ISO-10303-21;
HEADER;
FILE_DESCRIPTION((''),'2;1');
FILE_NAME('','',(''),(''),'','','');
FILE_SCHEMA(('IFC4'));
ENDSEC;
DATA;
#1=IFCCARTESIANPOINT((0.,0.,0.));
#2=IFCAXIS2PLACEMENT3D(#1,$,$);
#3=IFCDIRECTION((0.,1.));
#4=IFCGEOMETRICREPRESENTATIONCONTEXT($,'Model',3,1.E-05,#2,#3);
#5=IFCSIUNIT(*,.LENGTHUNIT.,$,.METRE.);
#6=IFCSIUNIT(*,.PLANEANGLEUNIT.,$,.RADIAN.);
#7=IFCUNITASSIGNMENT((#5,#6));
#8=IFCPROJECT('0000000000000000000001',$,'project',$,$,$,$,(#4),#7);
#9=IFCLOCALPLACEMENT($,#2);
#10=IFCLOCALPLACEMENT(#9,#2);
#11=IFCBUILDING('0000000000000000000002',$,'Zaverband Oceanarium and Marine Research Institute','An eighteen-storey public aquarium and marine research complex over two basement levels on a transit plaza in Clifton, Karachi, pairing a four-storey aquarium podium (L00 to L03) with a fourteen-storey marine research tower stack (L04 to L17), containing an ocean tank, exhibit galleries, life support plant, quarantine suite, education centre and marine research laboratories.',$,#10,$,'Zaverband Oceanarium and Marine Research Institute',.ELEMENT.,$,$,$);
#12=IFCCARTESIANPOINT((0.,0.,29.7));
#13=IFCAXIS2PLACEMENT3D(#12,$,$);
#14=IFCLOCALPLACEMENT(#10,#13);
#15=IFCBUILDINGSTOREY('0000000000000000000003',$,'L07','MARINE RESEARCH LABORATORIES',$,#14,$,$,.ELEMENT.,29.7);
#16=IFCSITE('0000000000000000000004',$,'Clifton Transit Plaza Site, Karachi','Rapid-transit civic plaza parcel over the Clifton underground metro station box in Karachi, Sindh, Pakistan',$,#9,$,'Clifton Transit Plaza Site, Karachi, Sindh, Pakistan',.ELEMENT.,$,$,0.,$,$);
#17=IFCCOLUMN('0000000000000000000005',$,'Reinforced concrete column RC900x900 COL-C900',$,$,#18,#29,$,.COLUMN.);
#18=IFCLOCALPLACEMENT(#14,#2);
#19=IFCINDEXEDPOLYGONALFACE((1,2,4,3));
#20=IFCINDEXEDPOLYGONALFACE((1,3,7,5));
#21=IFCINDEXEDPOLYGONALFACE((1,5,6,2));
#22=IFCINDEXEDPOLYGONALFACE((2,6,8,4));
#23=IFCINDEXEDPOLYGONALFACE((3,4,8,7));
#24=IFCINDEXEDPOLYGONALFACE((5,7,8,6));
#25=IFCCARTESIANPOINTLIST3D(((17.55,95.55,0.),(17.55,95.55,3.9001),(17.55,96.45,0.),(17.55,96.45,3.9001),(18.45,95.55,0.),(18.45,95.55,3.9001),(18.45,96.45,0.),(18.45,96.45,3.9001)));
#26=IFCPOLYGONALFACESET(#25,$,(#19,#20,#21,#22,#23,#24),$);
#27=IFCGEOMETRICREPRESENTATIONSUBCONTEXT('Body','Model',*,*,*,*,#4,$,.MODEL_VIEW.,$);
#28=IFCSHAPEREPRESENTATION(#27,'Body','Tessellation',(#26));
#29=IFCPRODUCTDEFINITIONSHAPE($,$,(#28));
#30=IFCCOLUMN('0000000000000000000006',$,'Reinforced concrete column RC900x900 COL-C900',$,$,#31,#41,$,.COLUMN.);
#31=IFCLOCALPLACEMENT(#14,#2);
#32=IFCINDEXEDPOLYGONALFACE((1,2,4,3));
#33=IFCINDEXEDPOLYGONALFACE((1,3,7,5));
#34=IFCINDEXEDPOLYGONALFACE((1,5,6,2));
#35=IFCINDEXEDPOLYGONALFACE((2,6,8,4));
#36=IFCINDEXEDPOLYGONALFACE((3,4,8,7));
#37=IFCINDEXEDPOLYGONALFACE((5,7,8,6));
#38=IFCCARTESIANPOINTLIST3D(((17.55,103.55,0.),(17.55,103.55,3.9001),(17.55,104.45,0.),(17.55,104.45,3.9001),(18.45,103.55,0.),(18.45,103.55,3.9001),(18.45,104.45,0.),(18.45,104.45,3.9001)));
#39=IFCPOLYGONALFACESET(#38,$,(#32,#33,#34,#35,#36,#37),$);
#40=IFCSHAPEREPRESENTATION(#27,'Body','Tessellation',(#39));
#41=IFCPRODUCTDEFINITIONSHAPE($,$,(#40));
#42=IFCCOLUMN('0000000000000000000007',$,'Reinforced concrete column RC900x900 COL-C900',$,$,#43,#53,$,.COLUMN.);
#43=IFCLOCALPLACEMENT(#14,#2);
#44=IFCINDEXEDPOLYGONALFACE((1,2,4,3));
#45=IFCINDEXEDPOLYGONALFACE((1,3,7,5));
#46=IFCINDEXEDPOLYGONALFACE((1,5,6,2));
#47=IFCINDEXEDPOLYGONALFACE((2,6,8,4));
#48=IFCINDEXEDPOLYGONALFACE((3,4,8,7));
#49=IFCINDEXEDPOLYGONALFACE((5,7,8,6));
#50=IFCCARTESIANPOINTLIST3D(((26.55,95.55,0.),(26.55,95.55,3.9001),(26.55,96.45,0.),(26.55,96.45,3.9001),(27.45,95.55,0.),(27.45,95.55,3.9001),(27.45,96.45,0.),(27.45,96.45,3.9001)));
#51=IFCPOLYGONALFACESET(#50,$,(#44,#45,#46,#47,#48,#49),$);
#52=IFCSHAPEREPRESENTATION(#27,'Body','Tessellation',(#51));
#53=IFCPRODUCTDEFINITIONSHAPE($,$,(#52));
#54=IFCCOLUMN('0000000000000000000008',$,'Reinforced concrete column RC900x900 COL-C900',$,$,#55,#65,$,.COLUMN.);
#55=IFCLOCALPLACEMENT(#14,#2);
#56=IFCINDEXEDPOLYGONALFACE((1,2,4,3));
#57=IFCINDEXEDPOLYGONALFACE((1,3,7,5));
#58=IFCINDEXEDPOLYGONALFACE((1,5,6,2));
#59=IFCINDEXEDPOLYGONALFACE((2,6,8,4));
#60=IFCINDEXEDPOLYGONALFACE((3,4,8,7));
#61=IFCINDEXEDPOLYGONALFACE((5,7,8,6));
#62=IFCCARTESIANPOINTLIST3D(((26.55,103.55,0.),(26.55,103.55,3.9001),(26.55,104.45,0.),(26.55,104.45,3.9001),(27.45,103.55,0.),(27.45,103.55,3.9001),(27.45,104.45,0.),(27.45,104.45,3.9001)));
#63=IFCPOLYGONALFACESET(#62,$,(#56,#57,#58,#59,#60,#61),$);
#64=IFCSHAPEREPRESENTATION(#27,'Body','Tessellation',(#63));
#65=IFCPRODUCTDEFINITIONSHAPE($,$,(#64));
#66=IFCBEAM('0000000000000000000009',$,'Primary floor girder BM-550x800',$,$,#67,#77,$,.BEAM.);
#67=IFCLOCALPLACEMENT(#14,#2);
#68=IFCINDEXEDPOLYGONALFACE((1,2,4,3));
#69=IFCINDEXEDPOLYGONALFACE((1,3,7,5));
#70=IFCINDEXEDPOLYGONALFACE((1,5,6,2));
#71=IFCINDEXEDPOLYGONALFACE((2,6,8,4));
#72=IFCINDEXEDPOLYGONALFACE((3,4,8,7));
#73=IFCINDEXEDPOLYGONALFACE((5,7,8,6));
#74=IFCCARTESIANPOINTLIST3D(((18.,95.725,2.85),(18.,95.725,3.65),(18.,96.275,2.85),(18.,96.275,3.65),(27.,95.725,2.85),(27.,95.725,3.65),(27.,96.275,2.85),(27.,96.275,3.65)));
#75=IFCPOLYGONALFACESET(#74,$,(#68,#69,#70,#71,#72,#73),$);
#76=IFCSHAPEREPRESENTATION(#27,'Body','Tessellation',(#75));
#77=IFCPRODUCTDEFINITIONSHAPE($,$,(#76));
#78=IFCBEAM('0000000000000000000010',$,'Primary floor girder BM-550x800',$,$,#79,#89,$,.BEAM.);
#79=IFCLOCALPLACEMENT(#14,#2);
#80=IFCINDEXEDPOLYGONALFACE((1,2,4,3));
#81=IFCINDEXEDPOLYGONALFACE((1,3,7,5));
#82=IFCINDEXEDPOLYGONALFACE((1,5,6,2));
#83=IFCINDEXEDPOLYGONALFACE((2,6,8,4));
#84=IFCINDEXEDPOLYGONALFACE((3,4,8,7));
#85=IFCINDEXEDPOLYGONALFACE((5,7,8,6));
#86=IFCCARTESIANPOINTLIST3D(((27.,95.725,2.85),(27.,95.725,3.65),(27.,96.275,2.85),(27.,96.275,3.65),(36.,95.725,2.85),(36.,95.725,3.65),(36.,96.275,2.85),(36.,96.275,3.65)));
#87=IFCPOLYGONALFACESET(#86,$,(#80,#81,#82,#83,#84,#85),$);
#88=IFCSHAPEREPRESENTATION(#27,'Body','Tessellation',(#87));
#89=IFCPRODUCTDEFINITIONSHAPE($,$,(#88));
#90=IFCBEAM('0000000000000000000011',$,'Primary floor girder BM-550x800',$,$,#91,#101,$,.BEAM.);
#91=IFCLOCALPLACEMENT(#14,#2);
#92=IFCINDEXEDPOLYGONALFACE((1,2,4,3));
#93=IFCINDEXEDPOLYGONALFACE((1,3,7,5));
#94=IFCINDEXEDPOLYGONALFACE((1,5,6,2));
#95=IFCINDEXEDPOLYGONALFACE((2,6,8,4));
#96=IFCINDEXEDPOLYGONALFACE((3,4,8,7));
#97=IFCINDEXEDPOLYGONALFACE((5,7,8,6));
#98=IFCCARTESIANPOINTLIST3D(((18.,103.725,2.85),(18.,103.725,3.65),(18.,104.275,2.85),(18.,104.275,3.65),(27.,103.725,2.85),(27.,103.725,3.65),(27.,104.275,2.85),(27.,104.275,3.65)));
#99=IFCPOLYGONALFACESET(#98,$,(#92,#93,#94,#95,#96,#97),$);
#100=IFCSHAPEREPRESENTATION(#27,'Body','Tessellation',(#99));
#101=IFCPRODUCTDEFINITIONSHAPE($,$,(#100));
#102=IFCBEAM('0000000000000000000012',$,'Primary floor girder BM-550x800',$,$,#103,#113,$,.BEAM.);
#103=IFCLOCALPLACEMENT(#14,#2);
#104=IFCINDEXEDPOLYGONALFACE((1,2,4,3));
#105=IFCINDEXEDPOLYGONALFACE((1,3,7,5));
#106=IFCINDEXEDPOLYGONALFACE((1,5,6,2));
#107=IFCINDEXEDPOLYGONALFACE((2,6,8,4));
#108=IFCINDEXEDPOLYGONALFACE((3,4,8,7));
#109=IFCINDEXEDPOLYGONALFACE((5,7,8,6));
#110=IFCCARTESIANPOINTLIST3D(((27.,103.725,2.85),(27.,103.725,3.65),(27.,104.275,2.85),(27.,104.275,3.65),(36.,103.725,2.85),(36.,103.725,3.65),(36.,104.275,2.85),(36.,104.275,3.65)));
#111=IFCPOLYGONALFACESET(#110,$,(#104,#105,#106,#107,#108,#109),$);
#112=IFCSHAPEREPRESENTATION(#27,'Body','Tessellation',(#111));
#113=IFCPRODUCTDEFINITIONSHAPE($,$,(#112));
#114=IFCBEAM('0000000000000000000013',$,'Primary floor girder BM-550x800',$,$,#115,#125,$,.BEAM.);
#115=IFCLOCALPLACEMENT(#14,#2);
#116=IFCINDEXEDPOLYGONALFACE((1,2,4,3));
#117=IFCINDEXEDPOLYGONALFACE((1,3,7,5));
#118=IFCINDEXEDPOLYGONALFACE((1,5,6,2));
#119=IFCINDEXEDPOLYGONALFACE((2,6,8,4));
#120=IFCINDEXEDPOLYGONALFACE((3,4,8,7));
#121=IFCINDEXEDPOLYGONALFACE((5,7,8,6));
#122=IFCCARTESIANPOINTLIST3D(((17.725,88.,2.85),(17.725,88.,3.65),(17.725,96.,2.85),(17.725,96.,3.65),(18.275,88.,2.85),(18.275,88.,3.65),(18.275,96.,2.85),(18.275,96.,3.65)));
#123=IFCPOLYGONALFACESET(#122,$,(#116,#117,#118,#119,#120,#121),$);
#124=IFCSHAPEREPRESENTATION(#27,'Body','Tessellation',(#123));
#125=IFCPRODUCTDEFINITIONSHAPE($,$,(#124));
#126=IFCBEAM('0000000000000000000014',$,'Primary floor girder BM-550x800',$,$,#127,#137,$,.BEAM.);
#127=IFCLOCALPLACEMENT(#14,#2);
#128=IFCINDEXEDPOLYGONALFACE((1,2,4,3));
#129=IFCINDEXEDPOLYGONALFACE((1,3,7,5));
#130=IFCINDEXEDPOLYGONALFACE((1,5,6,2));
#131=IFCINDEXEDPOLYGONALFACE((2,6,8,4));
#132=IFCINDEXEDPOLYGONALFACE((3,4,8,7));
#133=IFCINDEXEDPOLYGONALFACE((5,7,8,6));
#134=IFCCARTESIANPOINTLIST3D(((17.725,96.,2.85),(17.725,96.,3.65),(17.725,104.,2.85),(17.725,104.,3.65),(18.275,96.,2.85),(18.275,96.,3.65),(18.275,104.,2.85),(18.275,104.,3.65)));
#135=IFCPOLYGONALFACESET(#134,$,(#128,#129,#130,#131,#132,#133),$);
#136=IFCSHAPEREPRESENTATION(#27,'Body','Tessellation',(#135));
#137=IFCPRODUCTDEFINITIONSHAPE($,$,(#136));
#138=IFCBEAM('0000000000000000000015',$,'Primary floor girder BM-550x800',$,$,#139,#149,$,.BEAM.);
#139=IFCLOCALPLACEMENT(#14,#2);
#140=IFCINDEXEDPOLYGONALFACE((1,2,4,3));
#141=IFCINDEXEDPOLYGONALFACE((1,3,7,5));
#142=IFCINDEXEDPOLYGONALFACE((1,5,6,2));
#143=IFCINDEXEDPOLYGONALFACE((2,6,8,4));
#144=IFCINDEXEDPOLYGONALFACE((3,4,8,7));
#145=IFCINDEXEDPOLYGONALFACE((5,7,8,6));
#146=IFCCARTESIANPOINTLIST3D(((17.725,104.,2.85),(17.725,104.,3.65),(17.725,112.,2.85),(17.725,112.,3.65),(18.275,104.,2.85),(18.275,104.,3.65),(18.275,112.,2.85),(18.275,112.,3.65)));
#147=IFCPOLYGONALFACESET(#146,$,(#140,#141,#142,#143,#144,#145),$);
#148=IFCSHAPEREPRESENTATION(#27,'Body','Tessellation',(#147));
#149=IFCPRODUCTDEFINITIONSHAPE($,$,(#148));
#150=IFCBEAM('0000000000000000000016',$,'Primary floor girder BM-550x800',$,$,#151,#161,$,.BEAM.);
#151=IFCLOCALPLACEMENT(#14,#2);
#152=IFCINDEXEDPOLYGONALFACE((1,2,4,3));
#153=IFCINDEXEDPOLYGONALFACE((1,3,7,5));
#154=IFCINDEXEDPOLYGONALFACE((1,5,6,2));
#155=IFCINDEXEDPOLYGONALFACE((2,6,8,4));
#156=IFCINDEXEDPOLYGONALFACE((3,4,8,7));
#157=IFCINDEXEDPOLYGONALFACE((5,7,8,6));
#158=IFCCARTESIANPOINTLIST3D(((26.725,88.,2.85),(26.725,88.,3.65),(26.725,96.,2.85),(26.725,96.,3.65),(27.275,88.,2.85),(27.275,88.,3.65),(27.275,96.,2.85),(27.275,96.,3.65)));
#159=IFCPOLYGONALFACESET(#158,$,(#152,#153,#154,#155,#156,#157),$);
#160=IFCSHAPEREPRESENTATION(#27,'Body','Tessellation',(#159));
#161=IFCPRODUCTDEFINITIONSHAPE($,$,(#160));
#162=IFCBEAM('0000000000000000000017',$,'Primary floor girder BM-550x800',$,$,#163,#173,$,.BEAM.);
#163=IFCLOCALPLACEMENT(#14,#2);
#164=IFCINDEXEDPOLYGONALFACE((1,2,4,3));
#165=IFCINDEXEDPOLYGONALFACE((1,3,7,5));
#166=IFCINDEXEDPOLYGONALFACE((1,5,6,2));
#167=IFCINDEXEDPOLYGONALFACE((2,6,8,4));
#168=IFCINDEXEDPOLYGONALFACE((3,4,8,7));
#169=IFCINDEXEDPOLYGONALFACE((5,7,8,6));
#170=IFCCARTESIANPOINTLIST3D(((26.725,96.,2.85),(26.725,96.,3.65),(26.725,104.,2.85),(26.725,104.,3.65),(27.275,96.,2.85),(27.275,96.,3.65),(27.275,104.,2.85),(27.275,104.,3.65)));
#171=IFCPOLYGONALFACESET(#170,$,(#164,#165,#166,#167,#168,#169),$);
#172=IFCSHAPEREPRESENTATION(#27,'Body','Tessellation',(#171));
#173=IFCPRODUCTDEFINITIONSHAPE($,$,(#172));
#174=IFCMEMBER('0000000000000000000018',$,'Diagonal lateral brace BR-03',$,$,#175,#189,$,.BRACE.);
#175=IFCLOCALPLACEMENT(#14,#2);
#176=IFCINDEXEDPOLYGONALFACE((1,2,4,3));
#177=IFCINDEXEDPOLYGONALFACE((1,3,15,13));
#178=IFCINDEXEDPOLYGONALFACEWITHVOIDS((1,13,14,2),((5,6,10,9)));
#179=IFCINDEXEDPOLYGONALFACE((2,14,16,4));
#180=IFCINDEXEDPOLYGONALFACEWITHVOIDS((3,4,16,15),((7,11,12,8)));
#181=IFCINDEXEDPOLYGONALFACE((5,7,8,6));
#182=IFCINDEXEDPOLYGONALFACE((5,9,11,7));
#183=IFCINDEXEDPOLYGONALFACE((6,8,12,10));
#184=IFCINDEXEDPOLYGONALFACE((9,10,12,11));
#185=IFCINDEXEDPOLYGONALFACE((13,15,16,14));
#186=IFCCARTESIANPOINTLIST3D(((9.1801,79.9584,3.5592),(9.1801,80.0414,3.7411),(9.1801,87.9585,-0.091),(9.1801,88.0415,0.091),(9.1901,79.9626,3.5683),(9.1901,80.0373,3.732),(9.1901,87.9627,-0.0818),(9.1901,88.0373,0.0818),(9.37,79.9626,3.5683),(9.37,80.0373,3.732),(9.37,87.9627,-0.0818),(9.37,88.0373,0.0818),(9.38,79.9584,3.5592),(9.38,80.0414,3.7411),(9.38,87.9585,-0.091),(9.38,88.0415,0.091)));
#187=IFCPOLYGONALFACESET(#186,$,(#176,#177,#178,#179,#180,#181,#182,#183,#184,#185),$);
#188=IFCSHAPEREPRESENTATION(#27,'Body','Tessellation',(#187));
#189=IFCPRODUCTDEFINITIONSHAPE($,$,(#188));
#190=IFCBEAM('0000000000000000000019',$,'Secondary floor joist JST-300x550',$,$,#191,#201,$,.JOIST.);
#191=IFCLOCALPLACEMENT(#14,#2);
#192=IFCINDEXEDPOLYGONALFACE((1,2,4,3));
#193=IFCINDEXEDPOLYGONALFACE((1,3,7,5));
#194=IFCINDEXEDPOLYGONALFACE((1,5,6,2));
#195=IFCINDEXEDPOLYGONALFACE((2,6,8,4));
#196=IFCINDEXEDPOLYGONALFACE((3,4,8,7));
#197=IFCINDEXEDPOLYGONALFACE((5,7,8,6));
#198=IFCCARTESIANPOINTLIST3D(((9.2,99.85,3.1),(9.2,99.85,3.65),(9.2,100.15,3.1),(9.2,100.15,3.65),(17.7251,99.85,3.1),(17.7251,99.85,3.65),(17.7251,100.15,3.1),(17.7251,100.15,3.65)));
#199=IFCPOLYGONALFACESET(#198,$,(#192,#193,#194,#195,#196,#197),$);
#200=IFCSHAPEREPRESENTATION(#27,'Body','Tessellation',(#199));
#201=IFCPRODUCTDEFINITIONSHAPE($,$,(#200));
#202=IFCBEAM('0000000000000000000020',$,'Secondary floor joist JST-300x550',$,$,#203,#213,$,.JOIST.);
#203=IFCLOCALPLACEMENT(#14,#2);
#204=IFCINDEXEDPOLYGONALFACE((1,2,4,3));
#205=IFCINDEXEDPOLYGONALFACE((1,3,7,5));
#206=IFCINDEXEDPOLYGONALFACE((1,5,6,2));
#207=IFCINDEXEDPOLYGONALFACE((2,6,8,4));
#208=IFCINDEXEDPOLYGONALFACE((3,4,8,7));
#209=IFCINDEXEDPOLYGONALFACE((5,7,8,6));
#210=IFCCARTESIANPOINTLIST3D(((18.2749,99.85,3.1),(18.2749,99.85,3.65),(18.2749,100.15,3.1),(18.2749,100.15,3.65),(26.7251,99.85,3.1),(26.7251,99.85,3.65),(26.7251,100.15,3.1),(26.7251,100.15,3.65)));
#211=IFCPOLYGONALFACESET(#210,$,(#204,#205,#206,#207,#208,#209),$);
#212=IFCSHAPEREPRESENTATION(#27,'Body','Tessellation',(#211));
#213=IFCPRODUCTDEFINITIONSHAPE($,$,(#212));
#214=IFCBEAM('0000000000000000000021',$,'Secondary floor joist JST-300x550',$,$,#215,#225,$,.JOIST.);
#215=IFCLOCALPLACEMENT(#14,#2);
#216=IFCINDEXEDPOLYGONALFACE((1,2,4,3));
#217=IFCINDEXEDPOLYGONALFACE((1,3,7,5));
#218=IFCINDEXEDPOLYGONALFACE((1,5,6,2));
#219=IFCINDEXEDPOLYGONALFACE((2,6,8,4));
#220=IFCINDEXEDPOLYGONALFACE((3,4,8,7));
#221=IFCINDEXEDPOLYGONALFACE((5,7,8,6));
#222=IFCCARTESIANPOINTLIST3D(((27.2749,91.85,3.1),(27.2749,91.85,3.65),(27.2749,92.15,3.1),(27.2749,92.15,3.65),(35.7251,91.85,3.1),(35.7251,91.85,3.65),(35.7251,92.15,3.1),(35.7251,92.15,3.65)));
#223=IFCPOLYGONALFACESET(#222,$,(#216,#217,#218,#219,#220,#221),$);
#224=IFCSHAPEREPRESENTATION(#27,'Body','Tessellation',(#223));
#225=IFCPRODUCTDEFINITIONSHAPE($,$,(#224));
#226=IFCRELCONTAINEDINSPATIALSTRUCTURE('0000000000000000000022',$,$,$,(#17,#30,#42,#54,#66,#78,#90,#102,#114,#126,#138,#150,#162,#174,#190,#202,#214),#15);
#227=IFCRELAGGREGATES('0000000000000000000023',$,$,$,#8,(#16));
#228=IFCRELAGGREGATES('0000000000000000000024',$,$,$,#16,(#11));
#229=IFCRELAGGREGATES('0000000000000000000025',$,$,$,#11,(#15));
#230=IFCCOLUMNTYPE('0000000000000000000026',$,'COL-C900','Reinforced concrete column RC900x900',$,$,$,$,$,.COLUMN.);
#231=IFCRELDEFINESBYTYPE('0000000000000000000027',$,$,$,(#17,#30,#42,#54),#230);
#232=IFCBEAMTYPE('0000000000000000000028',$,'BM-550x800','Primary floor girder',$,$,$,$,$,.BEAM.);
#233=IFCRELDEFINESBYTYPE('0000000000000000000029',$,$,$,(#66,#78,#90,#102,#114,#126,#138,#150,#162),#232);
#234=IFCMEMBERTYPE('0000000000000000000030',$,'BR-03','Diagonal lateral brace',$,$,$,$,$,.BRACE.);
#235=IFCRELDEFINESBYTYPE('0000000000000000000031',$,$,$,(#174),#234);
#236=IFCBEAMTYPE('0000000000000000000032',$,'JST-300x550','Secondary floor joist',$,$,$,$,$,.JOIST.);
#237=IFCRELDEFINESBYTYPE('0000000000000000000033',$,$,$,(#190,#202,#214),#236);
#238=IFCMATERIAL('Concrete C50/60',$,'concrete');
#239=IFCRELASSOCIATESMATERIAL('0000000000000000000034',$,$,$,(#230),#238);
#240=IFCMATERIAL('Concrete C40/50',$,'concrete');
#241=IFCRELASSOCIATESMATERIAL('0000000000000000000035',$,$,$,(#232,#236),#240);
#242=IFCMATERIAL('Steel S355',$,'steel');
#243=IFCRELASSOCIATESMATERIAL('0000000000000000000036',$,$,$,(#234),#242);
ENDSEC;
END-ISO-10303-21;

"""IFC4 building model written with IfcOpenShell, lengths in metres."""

from ifc_helpers import new_model, si_unit, direction, frame, origin, origin_2d, place, context, subcontext, project, spatial, rectangle, hollow_rectangle, extrude, material, material_profile, profile_set, type_object, element, save


model = new_model("IFC4")

# Units and contexts
model_context = context("Model", 3, precision=1e-05, world=origin(), true_north=direction((0.0, 1.0)))
body_context = subcontext(model_context, "Body", "Model", "MODEL_VIEW")
ifc_project = project(units=[si_unit("LENGTHUNIT", "METRE"), si_unit("PLANEANGLEUNIT", "RADIAN")], contexts=[model_context])

# Site, building, storey
site_placement = place(None, origin())
site = spatial("IfcSite", under=ifc_project, at=site_placement, Name="Clifton Transit Plaza Site, Karachi", Description="Rapid-transit civic plaza parcel over the Clifton underground metro station box in Karachi, Sindh, Pakistan", LongName="Clifton Transit Plaza Site, Karachi, Sindh, Pakistan", CompositionType="ELEMENT", RefElevation=0.0)
building_placement = place(site_placement, origin())
building = spatial("IfcBuilding", under=site, at=building_placement, Name="Zaverband Oceanarium and Marine Research Institute", Description="An eighteen-storey public aquarium and marine research complex over two basement levels on a transit plaza in Clifton, Karachi, pairing a four-storey aquarium podium (L00 to L03) with a fourteen-storey marine research tower stack (L04 to L17), containing an ocean tank, exhibit galleries, life support plant, quarantine suite, education centre and marine research laboratories.", LongName="Zaverband Oceanarium and Marine Research Institute", CompositionType="ELEMENT")
storey_placement = place(building_placement, frame((0.0, 0.0, 29.7)))
storey = spatial("IfcBuildingStorey", under=building, at=storey_placement, Name="L07", Description="MARINE RESEARCH LABORATORIES", CompositionType="ELEMENT", Elevation=29.7)

# Columns
ifc_material_1 = material(Name="Concrete C50/60", Category="concrete")
ifc_material_profile_1 = material_profile(ifc_material_1, rectangle(XDim=0.8999, YDim=0.8999, at=origin_2d()), Name="RC900x900")
ifc_profile_set_1 = profile_set([ifc_material_profile_1], Name="Concrete C50/60")
column_type = type_object("IfcColumnType", Name="COL-C900", Description="Reinforced concrete column RC900x900", PredefinedType="COLUMN", material=ifc_profile_set_1)
for number, where, z_axis, x_axis, name in (
    (1, (18.0, 96.0, 0.0), (0.0, 0.0, 1.0), (1.0, 0.0, 0.0), "Reinforced concrete column RC900x900 COL-C900"),
    (2, (18.0, 104.0, 0.0), (0.0, 0.0, 1.0), (1.0, 0.0, 0.0), "Reinforced concrete column RC900x900 COL-C900"),
    (3, (27.0, 96.0, 0.0), (0.0, 0.0, 1.0), (1.0, 0.0, 0.0), "Reinforced concrete column RC900x900 COL-C900"),
    (4, (27.0, 104.0, 0.0), (0.0, 0.0, 1.0), (1.0, 0.0, 0.0), "Reinforced concrete column RC900x900 COL-C900"),
):
    element("IfcColumn", number, at=place(storey_placement, frame(where, z_axis=z_axis, x_axis=x_axis)), inside=storey, type_object=column_type, Name=name, PredefinedType="COLUMN", context=body_context, shape_type="SweptSolid", body=[
        extrude(rectangle(XDim=0.8999, YDim=0.8999, at=origin_2d()), origin(), (0.0, 0.0, 1.0), 3.9001),
    ])

# Beams
ifc_material_2 = material(Name="Concrete C40/50", Category="concrete")
ifc_material_profile_2 = material_profile(ifc_material_2, rectangle(XDim=0.55, YDim=0.8, at=origin_2d()), Name="RC550x800")
ifc_profile_set_2 = profile_set([ifc_material_profile_2], Name="Concrete C40/50")
beam_type_1 = type_object("IfcBeamType", Name="BM-550x800", Description="Primary floor girder", PredefinedType="BEAM", material=ifc_profile_set_2)
for number, where, z_axis, x_axis, name in (
    (5, (18.0, 96.0, 3.25), (1.0, 0.0, 0.0), (0.0, 1.0, 0.0), "Primary floor girder BM-550x800"),
    (6, (27.0, 96.0, 3.25), (1.0, 0.0, 0.0), (0.0, 1.0, 0.0), "Primary floor girder BM-550x800"),
    (7, (18.0, 104.0, 3.25), (1.0, 0.0, 0.0), (0.0, 1.0, 0.0), "Primary floor girder BM-550x800"),
    (8, (27.0, 104.0, 3.25), (1.0, 0.0, 0.0), (0.0, 1.0, 0.0), "Primary floor girder BM-550x800"),
):
    element("IfcBeam", number, at=place(storey_placement, frame(where, z_axis=z_axis, x_axis=x_axis)), inside=storey, type_object=beam_type_1, Name=name, PredefinedType="BEAM", context=body_context, shape_type="SweptSolid", body=[
        extrude(rectangle(XDim=0.55, YDim=0.8, at=origin_2d()), origin(), (0.0, 0.0, 1.0), 9.0),
    ])
for number, where, z_axis, x_axis, name in (
    (9, (18.0, 88.0, 3.25), (0.0, 1.0, 0.0), (-1.0, 0.0, 0.0), "Primary floor girder BM-550x800"),
    (10, (18.0, 96.0, 3.25), (0.0, 1.0, 0.0), (-1.0, 0.0, 0.0), "Primary floor girder BM-550x800"),
    (11, (18.0, 104.0, 3.25), (0.0, 1.0, 0.0), (-1.0, 0.0, 0.0), "Primary floor girder BM-550x800"),
    (12, (27.0, 88.0, 3.25), (0.0, 1.0, 0.0), (-1.0, 0.0, 0.0), "Primary floor girder BM-550x800"),
    (13, (27.0, 96.0, 3.25), (0.0, 1.0, 0.0), (-1.0, 0.0, 0.0), "Primary floor girder BM-550x800"),
):
    element("IfcBeam", number, at=place(storey_placement, frame(where, z_axis=z_axis, x_axis=x_axis)), inside=storey, type_object=beam_type_1, Name=name, PredefinedType="BEAM", context=body_context, shape_type="SweptSolid", body=[
        extrude(rectangle(XDim=0.55, YDim=0.8, at=origin_2d()), origin(), (0.0, 0.0, 1.0), 8.0),
    ])

# Member
ifc_material_3 = material(Name="Steel S355", Category="steel")
ifc_material_profile_3 = material_profile(ifc_material_3, hollow_rectangle(XDim=0.2, YDim=0.2, WallThickness=0.01, at=origin_2d()), Name="SHS200x200x10")
ifc_profile_set_3 = profile_set([ifc_material_profile_3], Name="Steel S355")
member_type = type_object("IfcMemberType", Name="BR-03", Description="Diagonal lateral brace", PredefinedType="BRACE", material=ifc_profile_set_3)
member_placement = place(storey_placement, frame((9.28, 88.0, 0.0), z_axis=(0.0, -0.909775, 0.415102), x_axis=(1.0, 0.0, 0.0)))
element("IfcMember", 14, at=member_placement, inside=storey, type_object=member_type, Name="Diagonal lateral brace BR-03", PredefinedType="BRACE", context=body_context, shape_type="SweptSolid", body=[
    extrude(hollow_rectangle(XDim=0.2, YDim=0.2, WallThickness=0.01, at=origin_2d()), origin(), (0.0, 0.0, 1.0), 8.7935),
])

# Beams
ifc_material_profile_4 = material_profile(ifc_material_2, rectangle(XDim=0.3, YDim=0.55, at=origin_2d()), Name="RC300x550")
ifc_profile_set_4 = profile_set([ifc_material_profile_4], Name="Concrete C40/50")
beam_type_2 = type_object("IfcBeamType", Name="JST-300x550", Description="Secondary floor joist", PredefinedType="JOIST", material=ifc_profile_set_4)
beam_placement = place(storey_placement, frame((9.2, 100.0, 3.375), z_axis=(1.0, 0.0, 0.0), x_axis=(0.0, 1.0, 0.0)))
element("IfcBeam", 15, at=beam_placement, inside=storey, type_object=beam_type_2, Name="Secondary floor joist JST-300x550", PredefinedType="JOIST", context=body_context, shape_type="SweptSolid", body=[
    extrude(rectangle(XDim=0.3, YDim=0.55, at=origin_2d()), origin(), (0.0, 0.0, 1.0), 8.5251),
])
for number, where, z_axis, x_axis, name in (
    (16, (18.2749, 100.0, 3.375), (1.0, 0.0, 0.0), (0.0, 1.0, 0.0), "Secondary floor joist JST-300x550"),
    (17, (27.2749, 92.0, 3.375), (1.0, 0.0, 0.0), (0.0, 1.0, 0.0), "Secondary floor joist JST-300x550"),
):
    element("IfcBeam", number, at=place(storey_placement, frame(where, z_axis=z_axis, x_axis=x_axis)), inside=storey, type_object=beam_type_2, Name=name, PredefinedType="JOIST", context=body_context, shape_type="SweptSolid", body=[
        extrude(rectangle(XDim=0.3, YDim=0.55, at=origin_2d()), origin(), (0.0, 0.0, 1.0), 8.4502),
    ])

save(model, "model.ifc")
